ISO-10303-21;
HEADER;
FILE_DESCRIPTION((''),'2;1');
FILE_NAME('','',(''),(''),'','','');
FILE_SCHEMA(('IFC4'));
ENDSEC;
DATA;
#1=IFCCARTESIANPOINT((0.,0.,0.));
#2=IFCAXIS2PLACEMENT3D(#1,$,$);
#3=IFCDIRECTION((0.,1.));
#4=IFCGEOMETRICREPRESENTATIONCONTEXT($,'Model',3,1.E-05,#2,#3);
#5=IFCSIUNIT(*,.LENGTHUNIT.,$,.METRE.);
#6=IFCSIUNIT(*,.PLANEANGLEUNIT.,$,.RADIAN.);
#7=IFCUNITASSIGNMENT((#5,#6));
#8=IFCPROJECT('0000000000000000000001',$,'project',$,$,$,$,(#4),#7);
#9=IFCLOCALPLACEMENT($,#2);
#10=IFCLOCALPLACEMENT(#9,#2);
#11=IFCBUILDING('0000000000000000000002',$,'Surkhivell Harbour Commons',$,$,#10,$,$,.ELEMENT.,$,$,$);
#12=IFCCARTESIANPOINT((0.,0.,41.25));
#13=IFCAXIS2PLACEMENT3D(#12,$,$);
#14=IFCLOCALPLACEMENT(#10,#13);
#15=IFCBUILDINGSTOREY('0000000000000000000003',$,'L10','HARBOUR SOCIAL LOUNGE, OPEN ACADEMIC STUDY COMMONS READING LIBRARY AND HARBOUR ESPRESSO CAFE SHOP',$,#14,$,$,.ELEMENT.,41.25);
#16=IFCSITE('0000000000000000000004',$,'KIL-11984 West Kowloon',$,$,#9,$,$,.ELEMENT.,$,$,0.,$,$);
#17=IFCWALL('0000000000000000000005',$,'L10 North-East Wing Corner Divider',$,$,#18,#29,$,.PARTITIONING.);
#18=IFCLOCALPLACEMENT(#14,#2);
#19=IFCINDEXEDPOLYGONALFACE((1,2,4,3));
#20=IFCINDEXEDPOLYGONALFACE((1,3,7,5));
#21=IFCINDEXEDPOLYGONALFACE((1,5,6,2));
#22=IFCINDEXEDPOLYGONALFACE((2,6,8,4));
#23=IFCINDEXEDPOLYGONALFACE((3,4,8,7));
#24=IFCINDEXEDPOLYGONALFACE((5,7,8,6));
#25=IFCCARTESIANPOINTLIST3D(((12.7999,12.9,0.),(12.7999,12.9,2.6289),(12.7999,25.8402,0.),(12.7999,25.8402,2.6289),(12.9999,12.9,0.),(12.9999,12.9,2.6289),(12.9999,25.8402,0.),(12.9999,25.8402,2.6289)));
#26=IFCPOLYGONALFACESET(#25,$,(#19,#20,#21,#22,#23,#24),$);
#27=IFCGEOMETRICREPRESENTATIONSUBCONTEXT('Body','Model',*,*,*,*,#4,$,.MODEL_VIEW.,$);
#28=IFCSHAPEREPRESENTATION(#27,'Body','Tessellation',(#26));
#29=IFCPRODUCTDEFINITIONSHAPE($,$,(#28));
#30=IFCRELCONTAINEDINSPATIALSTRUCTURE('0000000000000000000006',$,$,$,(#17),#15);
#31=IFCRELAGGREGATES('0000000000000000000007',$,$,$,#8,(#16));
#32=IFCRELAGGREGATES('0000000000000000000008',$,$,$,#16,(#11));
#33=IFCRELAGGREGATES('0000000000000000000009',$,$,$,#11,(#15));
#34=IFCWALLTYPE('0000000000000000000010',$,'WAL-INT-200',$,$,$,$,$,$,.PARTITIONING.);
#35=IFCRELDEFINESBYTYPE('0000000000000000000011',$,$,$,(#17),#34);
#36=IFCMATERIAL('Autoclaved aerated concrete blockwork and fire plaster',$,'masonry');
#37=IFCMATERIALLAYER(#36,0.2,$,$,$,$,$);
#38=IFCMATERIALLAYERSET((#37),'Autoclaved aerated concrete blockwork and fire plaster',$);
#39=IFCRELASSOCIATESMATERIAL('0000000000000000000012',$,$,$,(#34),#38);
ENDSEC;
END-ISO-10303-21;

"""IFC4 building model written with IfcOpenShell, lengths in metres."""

from ifc_helpers import new_model, si_unit, direction, frame, frame_2d, origin, place, context, subcontext, project, spatial, rectangle, extrude, material, layer, layer_set, type_object, element, save


model = new_model("IFC4")

# Units and contexts
model_context = context("Model", 3, precision=1e-05, world=origin(), true_north=direction((0.0, 1.0)))
body_context = subcontext(model_context, "Body", "Model", "MODEL_VIEW")
ifc_project = project(units=[si_unit("LENGTHUNIT", "METRE"), si_unit("PLANEANGLEUNIT", "RADIAN")], contexts=[model_context])

# Site, building, storey
site_placement = place(None, origin())
site = spatial("IfcSite", under=ifc_project, at=site_placement, Name="KIL-11984 West Kowloon", CompositionType="ELEMENT", RefElevation=0.0)
building_placement = place(site_placement, origin())
building = spatial("IfcBuilding", under=site, at=building_placement, Name="Surkhivell Harbour Commons", CompositionType="ELEMENT")
storey_placement = place(building_placement, frame((0.0, 0.0, 41.25)))
storey = spatial("IfcBuildingStorey", under=building, at=storey_placement, Name="L10", Description="HARBOUR SOCIAL LOUNGE, OPEN ACADEMIC STUDY COMMONS READING LIBRARY AND HARBOUR ESPRESSO CAFE SHOP", CompositionType="ELEMENT", Elevation=41.25)

# Wall
ifc_material_1 = material(Name="Autoclaved aerated concrete blockwork and fire plaster", Category="masonry")
ifc_layer_1 = layer(ifc_material_1, 0.2)
ifc_layer_set_1 = layer_set([ifc_layer_1], Name="Autoclaved aerated concrete blockwork and fire plaster")
wall_type = type_object("IfcWallType", Name="WAL-INT-200", PredefinedType="PARTITIONING", material=ifc_layer_set_1)
wall_placement = place(storey_placement, frame((12.8999, 12.8999, 0.0), z_axis=(0.0, 0.0, 1.0), x_axis=(0.0, 1.0, 0.0)))
element("IfcWall", 1, at=wall_placement, inside=storey, type_object=wall_type, Name="L10 North-East Wing Corner Divider", PredefinedType="PARTITIONING", context=body_context, shape_type="SweptSolid", body=[
    extrude(rectangle(XDim=12.9402, YDim=0.2, at=frame_2d((6.4702, 0.0))), origin(), (0.0, 0.0, 1.0), 2.6289),
])

save(model, "model.ifc")
